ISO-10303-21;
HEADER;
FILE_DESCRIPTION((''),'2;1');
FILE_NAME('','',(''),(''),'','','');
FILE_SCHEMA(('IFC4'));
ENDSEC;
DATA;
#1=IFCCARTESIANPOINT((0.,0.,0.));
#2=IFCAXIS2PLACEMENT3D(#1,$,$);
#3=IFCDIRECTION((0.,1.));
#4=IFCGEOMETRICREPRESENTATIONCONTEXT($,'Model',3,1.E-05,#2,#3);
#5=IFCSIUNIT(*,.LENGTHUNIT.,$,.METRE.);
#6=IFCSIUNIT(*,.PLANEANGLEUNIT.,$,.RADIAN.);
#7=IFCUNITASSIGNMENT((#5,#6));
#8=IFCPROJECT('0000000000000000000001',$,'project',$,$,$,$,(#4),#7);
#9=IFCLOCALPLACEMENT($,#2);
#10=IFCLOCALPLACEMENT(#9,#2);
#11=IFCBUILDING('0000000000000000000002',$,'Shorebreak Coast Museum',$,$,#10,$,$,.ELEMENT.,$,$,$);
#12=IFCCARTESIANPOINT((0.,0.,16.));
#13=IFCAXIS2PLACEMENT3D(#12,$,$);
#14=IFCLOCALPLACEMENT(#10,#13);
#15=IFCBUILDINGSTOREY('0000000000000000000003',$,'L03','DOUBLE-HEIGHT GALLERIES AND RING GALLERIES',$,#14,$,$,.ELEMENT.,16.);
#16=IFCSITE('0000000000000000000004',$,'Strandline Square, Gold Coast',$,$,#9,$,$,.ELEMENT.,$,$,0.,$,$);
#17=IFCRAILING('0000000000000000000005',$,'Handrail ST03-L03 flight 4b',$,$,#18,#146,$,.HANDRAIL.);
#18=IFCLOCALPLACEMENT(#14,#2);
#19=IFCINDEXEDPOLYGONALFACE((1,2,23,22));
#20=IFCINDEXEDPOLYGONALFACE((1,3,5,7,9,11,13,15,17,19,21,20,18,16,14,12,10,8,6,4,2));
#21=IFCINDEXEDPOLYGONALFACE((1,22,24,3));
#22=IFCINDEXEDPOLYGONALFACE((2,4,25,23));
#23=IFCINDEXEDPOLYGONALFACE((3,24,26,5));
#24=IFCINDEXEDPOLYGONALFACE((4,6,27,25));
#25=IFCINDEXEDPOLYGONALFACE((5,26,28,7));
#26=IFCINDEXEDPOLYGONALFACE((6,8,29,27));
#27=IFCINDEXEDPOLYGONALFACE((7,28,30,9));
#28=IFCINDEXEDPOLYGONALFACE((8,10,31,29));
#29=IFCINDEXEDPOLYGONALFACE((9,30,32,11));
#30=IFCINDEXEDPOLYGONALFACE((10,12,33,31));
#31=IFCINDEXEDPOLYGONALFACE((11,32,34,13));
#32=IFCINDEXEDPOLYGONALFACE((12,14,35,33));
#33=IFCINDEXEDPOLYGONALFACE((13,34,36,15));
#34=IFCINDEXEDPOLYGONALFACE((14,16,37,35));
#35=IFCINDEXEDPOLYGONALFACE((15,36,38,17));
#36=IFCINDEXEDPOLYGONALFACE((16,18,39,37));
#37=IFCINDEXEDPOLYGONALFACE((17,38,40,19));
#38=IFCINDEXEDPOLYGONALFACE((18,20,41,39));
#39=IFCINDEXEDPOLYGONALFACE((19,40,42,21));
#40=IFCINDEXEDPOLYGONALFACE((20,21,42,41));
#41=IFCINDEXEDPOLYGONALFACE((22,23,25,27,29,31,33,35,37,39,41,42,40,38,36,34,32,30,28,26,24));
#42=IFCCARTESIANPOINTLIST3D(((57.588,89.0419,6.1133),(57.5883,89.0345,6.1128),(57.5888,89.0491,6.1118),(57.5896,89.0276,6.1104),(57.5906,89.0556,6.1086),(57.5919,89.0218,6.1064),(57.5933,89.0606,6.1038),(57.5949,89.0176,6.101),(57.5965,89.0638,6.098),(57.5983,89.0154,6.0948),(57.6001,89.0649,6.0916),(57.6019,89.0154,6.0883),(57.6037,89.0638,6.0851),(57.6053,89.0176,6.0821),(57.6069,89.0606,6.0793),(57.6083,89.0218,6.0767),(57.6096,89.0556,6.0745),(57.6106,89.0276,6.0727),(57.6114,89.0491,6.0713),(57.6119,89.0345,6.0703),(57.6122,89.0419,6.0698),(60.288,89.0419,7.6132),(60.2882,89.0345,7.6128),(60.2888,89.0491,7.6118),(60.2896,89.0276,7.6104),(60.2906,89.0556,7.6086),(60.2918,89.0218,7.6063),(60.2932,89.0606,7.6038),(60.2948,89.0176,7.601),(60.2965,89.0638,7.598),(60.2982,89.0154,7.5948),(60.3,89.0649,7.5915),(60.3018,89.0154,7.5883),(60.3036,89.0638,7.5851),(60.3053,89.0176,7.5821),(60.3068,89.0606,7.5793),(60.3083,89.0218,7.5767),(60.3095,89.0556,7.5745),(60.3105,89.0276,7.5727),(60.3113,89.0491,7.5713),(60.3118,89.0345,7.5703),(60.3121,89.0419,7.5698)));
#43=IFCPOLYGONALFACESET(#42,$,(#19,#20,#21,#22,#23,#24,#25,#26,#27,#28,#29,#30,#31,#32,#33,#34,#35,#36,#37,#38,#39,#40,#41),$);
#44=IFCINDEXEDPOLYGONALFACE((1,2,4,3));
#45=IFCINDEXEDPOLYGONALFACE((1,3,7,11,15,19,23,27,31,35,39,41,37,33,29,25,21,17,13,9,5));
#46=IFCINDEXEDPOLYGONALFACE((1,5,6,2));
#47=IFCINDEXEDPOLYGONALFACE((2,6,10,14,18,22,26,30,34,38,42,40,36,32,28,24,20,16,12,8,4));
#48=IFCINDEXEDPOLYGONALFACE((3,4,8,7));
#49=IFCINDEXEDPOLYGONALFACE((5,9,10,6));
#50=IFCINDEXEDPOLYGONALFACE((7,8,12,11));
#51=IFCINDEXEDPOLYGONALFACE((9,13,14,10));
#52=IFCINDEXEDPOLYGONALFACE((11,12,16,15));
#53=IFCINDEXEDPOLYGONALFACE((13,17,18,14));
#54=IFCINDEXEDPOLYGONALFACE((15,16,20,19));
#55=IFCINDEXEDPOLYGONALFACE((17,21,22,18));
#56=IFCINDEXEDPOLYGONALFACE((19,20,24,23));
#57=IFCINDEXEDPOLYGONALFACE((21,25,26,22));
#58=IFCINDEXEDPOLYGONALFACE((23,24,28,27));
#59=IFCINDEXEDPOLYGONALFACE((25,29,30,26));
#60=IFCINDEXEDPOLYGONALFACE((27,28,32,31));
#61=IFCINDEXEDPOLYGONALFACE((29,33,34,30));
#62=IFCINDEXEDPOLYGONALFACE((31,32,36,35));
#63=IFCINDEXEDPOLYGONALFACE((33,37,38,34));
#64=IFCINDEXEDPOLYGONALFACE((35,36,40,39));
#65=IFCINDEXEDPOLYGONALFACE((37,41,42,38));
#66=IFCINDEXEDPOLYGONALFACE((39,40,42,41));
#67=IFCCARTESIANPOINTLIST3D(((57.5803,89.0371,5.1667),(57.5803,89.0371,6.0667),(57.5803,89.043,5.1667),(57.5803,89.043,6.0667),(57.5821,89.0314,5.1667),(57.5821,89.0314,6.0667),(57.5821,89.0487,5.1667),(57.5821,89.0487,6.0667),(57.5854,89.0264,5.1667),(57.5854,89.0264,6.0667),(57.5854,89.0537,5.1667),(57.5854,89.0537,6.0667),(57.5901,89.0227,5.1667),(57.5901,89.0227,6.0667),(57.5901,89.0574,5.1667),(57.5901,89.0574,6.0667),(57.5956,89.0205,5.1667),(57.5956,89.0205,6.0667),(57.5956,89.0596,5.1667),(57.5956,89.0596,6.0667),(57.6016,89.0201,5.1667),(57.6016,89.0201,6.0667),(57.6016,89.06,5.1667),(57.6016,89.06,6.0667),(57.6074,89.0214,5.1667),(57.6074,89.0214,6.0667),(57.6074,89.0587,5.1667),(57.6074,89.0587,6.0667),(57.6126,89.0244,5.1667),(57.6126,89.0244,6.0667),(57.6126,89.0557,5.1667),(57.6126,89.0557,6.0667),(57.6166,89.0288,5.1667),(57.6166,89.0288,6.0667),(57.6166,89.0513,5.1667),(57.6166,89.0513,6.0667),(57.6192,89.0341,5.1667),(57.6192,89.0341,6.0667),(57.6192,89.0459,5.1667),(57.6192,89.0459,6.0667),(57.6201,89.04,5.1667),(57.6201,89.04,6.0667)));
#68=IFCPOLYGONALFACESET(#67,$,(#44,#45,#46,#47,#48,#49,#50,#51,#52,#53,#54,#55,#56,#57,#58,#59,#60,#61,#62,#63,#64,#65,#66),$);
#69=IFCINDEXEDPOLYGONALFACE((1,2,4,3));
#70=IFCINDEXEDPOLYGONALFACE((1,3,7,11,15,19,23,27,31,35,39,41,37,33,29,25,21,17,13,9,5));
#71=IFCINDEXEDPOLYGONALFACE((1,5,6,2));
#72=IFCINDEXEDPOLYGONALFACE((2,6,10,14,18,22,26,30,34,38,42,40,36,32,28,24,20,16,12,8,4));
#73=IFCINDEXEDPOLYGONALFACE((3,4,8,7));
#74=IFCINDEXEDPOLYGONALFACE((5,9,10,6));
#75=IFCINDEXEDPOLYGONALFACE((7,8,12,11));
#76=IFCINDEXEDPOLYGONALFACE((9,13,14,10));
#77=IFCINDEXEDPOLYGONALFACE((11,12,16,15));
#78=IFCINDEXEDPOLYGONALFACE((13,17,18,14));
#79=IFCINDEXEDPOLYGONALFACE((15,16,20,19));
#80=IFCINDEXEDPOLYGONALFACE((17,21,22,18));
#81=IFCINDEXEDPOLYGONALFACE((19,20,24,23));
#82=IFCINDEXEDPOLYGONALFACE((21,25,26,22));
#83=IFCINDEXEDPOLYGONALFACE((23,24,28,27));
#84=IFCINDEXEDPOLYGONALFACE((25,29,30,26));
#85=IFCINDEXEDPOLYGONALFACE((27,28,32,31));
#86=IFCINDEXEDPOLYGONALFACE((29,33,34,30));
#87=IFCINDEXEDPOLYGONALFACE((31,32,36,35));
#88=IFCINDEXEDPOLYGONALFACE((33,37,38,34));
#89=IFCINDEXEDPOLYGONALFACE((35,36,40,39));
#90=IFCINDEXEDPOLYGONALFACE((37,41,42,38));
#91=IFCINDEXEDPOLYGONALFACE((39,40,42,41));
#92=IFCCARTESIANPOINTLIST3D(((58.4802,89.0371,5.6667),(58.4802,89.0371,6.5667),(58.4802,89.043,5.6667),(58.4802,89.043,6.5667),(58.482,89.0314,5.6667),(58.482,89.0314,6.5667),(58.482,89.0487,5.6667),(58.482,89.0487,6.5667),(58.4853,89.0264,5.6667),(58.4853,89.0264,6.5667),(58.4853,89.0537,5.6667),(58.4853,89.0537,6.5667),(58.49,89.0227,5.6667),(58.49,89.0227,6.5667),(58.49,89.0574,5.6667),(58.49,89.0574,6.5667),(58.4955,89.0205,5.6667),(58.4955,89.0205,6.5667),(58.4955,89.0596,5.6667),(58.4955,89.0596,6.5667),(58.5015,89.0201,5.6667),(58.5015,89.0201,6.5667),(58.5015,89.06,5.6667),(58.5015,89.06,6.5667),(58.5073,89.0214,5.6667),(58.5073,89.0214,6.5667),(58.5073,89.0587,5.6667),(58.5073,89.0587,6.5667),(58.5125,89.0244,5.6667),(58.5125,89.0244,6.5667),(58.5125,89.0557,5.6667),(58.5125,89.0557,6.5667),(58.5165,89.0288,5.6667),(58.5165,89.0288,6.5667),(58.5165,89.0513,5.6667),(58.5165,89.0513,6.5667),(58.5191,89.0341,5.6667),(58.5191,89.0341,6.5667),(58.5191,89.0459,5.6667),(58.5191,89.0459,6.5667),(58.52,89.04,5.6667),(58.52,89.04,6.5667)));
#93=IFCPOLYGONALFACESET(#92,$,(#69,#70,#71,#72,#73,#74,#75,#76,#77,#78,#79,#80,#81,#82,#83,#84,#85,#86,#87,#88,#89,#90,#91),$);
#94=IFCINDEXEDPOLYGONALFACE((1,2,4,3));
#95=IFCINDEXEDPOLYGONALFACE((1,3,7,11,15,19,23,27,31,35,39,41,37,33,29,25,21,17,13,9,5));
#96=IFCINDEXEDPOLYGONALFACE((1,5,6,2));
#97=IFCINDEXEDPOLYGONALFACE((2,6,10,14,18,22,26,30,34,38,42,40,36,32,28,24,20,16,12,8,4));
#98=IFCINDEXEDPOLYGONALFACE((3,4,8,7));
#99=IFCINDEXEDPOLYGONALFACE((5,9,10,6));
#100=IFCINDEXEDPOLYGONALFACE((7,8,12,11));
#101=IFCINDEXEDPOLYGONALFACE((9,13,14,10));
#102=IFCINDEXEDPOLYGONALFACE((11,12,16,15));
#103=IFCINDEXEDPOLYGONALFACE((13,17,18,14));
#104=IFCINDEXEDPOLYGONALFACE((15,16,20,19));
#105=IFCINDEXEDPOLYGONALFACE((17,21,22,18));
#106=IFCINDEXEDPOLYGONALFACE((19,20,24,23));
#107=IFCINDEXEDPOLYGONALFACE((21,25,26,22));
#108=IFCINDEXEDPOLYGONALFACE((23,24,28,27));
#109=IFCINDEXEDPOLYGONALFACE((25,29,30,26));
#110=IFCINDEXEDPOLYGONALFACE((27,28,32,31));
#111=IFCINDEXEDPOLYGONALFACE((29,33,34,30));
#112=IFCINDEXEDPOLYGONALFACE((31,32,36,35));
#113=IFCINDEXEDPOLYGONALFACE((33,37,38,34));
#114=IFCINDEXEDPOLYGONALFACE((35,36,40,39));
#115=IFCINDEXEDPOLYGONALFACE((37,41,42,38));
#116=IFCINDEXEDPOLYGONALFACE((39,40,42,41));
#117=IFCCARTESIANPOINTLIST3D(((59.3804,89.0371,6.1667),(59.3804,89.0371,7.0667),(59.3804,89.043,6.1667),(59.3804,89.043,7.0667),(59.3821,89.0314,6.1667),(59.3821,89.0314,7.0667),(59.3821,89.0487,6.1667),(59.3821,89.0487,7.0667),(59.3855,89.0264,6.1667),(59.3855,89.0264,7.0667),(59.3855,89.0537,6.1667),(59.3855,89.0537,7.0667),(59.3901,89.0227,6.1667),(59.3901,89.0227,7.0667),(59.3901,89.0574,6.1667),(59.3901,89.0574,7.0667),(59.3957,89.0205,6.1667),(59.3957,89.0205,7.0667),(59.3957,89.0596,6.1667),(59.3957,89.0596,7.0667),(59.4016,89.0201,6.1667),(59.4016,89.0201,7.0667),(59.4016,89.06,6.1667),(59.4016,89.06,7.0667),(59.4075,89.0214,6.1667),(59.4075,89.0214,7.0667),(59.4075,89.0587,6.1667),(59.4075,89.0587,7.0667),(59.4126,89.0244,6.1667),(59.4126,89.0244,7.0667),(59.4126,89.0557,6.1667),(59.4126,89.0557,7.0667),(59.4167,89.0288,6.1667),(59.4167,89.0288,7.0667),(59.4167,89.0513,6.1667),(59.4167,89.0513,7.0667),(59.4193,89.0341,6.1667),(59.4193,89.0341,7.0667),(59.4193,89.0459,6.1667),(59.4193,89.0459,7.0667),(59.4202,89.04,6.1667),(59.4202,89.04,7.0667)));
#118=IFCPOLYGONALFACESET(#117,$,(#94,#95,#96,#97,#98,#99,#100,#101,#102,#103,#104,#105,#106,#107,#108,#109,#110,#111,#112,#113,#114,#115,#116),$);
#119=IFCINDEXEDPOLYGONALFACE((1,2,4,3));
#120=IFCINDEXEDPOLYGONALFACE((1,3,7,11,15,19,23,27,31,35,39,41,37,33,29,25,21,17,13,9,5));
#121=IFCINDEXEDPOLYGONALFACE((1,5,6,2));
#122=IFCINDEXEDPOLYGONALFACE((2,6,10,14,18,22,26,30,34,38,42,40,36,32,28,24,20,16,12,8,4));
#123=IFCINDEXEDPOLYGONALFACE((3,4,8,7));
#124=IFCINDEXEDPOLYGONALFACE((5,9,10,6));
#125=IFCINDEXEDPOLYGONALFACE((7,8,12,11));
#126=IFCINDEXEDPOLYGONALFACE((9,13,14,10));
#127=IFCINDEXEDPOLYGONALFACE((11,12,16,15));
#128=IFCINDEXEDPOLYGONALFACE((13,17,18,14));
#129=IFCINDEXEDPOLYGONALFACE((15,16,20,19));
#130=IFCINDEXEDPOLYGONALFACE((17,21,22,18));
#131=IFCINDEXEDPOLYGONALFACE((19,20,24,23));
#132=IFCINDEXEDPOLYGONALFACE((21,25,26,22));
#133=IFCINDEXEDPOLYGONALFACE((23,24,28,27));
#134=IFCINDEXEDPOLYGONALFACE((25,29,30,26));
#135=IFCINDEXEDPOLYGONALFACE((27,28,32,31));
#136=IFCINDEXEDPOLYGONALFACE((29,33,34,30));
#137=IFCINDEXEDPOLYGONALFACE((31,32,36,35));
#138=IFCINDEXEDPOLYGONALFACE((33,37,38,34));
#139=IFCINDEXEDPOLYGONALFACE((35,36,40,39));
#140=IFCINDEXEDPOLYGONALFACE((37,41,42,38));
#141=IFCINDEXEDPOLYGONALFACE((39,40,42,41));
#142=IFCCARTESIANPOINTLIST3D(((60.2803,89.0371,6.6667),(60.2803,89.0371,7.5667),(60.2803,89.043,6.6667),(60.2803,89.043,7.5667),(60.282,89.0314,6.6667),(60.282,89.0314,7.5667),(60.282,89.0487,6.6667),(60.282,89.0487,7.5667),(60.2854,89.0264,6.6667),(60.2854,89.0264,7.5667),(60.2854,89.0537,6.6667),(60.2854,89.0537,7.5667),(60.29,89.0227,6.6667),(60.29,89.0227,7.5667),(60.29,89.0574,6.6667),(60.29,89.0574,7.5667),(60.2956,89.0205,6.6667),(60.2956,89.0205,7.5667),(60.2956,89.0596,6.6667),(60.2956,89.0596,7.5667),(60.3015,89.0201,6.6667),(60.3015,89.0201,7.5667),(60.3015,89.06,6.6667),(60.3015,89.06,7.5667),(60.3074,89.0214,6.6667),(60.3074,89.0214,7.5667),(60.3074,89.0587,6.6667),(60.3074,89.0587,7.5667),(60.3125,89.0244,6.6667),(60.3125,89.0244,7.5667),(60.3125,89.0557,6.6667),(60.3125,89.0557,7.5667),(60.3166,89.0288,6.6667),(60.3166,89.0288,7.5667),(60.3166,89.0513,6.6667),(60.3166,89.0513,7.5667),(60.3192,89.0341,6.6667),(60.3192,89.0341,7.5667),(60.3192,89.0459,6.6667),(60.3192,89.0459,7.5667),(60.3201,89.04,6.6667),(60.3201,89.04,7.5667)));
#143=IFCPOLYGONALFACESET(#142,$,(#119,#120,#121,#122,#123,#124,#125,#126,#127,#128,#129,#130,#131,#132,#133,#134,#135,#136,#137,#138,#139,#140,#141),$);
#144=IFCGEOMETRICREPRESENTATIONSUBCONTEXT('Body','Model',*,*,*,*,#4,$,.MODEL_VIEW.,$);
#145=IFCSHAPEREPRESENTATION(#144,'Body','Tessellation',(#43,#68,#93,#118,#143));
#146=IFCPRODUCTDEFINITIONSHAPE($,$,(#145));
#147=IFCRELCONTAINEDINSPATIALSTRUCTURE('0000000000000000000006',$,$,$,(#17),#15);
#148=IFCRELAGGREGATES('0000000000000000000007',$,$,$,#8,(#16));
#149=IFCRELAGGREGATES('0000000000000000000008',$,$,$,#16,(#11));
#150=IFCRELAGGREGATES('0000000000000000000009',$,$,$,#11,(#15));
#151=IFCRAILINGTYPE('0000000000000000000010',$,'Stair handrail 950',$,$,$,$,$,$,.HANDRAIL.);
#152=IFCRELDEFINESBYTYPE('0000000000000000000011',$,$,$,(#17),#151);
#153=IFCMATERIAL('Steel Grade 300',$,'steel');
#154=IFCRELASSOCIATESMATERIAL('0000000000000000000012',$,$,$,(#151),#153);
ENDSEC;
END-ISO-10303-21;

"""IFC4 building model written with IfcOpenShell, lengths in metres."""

from ifc_helpers import new_model, si_unit, direction, frame, origin, origin_2d, place, context, subcontext, project, spatial, circle, extrude, material, type_object, element, save


model = new_model("IFC4")

# Units and contexts
model_context = context("Model", 3, precision=1e-05, world=origin(), true_north=direction((0.0, 1.0)))
body_context = subcontext(model_context, "Body", "Model", "MODEL_VIEW")
ifc_project = project(units=[si_unit("LENGTHUNIT", "METRE"), si_unit("PLANEANGLEUNIT", "RADIAN")], contexts=[model_context])

# Site, building, storey
site_placement = place(None, origin())
site = spatial("IfcSite", under=ifc_project, at=site_placement, Name="Strandline Square, Gold Coast", CompositionType="ELEMENT", RefElevation=0.0)
building_placement = place(site_placement, origin())
building = spatial("IfcBuilding", under=site, at=building_placement, Name="Shorebreak Coast Museum", CompositionType="ELEMENT")
storey_placement = place(building_placement, frame((0.0, 0.0, 16.0)))
storey = spatial("IfcBuildingStorey", under=building, at=storey_placement, Name="L03", Description="DOUBLE-HEIGHT GALLERIES AND RING GALLERIES", CompositionType="ELEMENT", Elevation=16.0)

# Railing
ifc_material_1 = material(Name="Steel Grade 300", Category="steel")
railing_type_1 = type_object("IfcRailingType", Name="Stair handrail 950", PredefinedType="HANDRAIL", material=ifc_material_1)
for number, where, name in (
    (1, (57.6001, 89.04, 5.1667), "Handrail ST03-L03 flight 4b"),
):
    element("IfcRailing", number, at=place(storey_placement, frame(where)), inside=storey, type_object=railing_type_1, Name=name, PredefinedType="HANDRAIL", context=body_context, shape_type="SweptSolid", body=[
        extrude(circle(Radius=0.0249, at=origin_2d()), frame((0.0, 0.0, 0.9248), z_axis=(0.874154, 0.0, 0.48565), x_axis=(0.0, 1.0, 0.0)), (0.0, 0.0, 1.0), 3.0886),
        extrude(circle(Radius=0.02, at=origin_2d()), origin(), (0.0, 0.0, 1.0), 0.8999),
        extrude(circle(Radius=0.02, at=origin_2d()), frame((0.8999, 0.0, 0.5)), (0.0, 0.0, 1.0), 0.8999),
        extrude(circle(Radius=0.02, at=origin_2d()), frame((1.8, 0.0, 1.0)), (0.0, 0.0, 1.0), 0.8999),
        extrude(circle(Radius=0.02, at=origin_2d()), frame((2.7, 0.0, 1.5)), (0.0, 0.0, 1.0), 0.8999),
    ])

save(model, "model.ifc")
